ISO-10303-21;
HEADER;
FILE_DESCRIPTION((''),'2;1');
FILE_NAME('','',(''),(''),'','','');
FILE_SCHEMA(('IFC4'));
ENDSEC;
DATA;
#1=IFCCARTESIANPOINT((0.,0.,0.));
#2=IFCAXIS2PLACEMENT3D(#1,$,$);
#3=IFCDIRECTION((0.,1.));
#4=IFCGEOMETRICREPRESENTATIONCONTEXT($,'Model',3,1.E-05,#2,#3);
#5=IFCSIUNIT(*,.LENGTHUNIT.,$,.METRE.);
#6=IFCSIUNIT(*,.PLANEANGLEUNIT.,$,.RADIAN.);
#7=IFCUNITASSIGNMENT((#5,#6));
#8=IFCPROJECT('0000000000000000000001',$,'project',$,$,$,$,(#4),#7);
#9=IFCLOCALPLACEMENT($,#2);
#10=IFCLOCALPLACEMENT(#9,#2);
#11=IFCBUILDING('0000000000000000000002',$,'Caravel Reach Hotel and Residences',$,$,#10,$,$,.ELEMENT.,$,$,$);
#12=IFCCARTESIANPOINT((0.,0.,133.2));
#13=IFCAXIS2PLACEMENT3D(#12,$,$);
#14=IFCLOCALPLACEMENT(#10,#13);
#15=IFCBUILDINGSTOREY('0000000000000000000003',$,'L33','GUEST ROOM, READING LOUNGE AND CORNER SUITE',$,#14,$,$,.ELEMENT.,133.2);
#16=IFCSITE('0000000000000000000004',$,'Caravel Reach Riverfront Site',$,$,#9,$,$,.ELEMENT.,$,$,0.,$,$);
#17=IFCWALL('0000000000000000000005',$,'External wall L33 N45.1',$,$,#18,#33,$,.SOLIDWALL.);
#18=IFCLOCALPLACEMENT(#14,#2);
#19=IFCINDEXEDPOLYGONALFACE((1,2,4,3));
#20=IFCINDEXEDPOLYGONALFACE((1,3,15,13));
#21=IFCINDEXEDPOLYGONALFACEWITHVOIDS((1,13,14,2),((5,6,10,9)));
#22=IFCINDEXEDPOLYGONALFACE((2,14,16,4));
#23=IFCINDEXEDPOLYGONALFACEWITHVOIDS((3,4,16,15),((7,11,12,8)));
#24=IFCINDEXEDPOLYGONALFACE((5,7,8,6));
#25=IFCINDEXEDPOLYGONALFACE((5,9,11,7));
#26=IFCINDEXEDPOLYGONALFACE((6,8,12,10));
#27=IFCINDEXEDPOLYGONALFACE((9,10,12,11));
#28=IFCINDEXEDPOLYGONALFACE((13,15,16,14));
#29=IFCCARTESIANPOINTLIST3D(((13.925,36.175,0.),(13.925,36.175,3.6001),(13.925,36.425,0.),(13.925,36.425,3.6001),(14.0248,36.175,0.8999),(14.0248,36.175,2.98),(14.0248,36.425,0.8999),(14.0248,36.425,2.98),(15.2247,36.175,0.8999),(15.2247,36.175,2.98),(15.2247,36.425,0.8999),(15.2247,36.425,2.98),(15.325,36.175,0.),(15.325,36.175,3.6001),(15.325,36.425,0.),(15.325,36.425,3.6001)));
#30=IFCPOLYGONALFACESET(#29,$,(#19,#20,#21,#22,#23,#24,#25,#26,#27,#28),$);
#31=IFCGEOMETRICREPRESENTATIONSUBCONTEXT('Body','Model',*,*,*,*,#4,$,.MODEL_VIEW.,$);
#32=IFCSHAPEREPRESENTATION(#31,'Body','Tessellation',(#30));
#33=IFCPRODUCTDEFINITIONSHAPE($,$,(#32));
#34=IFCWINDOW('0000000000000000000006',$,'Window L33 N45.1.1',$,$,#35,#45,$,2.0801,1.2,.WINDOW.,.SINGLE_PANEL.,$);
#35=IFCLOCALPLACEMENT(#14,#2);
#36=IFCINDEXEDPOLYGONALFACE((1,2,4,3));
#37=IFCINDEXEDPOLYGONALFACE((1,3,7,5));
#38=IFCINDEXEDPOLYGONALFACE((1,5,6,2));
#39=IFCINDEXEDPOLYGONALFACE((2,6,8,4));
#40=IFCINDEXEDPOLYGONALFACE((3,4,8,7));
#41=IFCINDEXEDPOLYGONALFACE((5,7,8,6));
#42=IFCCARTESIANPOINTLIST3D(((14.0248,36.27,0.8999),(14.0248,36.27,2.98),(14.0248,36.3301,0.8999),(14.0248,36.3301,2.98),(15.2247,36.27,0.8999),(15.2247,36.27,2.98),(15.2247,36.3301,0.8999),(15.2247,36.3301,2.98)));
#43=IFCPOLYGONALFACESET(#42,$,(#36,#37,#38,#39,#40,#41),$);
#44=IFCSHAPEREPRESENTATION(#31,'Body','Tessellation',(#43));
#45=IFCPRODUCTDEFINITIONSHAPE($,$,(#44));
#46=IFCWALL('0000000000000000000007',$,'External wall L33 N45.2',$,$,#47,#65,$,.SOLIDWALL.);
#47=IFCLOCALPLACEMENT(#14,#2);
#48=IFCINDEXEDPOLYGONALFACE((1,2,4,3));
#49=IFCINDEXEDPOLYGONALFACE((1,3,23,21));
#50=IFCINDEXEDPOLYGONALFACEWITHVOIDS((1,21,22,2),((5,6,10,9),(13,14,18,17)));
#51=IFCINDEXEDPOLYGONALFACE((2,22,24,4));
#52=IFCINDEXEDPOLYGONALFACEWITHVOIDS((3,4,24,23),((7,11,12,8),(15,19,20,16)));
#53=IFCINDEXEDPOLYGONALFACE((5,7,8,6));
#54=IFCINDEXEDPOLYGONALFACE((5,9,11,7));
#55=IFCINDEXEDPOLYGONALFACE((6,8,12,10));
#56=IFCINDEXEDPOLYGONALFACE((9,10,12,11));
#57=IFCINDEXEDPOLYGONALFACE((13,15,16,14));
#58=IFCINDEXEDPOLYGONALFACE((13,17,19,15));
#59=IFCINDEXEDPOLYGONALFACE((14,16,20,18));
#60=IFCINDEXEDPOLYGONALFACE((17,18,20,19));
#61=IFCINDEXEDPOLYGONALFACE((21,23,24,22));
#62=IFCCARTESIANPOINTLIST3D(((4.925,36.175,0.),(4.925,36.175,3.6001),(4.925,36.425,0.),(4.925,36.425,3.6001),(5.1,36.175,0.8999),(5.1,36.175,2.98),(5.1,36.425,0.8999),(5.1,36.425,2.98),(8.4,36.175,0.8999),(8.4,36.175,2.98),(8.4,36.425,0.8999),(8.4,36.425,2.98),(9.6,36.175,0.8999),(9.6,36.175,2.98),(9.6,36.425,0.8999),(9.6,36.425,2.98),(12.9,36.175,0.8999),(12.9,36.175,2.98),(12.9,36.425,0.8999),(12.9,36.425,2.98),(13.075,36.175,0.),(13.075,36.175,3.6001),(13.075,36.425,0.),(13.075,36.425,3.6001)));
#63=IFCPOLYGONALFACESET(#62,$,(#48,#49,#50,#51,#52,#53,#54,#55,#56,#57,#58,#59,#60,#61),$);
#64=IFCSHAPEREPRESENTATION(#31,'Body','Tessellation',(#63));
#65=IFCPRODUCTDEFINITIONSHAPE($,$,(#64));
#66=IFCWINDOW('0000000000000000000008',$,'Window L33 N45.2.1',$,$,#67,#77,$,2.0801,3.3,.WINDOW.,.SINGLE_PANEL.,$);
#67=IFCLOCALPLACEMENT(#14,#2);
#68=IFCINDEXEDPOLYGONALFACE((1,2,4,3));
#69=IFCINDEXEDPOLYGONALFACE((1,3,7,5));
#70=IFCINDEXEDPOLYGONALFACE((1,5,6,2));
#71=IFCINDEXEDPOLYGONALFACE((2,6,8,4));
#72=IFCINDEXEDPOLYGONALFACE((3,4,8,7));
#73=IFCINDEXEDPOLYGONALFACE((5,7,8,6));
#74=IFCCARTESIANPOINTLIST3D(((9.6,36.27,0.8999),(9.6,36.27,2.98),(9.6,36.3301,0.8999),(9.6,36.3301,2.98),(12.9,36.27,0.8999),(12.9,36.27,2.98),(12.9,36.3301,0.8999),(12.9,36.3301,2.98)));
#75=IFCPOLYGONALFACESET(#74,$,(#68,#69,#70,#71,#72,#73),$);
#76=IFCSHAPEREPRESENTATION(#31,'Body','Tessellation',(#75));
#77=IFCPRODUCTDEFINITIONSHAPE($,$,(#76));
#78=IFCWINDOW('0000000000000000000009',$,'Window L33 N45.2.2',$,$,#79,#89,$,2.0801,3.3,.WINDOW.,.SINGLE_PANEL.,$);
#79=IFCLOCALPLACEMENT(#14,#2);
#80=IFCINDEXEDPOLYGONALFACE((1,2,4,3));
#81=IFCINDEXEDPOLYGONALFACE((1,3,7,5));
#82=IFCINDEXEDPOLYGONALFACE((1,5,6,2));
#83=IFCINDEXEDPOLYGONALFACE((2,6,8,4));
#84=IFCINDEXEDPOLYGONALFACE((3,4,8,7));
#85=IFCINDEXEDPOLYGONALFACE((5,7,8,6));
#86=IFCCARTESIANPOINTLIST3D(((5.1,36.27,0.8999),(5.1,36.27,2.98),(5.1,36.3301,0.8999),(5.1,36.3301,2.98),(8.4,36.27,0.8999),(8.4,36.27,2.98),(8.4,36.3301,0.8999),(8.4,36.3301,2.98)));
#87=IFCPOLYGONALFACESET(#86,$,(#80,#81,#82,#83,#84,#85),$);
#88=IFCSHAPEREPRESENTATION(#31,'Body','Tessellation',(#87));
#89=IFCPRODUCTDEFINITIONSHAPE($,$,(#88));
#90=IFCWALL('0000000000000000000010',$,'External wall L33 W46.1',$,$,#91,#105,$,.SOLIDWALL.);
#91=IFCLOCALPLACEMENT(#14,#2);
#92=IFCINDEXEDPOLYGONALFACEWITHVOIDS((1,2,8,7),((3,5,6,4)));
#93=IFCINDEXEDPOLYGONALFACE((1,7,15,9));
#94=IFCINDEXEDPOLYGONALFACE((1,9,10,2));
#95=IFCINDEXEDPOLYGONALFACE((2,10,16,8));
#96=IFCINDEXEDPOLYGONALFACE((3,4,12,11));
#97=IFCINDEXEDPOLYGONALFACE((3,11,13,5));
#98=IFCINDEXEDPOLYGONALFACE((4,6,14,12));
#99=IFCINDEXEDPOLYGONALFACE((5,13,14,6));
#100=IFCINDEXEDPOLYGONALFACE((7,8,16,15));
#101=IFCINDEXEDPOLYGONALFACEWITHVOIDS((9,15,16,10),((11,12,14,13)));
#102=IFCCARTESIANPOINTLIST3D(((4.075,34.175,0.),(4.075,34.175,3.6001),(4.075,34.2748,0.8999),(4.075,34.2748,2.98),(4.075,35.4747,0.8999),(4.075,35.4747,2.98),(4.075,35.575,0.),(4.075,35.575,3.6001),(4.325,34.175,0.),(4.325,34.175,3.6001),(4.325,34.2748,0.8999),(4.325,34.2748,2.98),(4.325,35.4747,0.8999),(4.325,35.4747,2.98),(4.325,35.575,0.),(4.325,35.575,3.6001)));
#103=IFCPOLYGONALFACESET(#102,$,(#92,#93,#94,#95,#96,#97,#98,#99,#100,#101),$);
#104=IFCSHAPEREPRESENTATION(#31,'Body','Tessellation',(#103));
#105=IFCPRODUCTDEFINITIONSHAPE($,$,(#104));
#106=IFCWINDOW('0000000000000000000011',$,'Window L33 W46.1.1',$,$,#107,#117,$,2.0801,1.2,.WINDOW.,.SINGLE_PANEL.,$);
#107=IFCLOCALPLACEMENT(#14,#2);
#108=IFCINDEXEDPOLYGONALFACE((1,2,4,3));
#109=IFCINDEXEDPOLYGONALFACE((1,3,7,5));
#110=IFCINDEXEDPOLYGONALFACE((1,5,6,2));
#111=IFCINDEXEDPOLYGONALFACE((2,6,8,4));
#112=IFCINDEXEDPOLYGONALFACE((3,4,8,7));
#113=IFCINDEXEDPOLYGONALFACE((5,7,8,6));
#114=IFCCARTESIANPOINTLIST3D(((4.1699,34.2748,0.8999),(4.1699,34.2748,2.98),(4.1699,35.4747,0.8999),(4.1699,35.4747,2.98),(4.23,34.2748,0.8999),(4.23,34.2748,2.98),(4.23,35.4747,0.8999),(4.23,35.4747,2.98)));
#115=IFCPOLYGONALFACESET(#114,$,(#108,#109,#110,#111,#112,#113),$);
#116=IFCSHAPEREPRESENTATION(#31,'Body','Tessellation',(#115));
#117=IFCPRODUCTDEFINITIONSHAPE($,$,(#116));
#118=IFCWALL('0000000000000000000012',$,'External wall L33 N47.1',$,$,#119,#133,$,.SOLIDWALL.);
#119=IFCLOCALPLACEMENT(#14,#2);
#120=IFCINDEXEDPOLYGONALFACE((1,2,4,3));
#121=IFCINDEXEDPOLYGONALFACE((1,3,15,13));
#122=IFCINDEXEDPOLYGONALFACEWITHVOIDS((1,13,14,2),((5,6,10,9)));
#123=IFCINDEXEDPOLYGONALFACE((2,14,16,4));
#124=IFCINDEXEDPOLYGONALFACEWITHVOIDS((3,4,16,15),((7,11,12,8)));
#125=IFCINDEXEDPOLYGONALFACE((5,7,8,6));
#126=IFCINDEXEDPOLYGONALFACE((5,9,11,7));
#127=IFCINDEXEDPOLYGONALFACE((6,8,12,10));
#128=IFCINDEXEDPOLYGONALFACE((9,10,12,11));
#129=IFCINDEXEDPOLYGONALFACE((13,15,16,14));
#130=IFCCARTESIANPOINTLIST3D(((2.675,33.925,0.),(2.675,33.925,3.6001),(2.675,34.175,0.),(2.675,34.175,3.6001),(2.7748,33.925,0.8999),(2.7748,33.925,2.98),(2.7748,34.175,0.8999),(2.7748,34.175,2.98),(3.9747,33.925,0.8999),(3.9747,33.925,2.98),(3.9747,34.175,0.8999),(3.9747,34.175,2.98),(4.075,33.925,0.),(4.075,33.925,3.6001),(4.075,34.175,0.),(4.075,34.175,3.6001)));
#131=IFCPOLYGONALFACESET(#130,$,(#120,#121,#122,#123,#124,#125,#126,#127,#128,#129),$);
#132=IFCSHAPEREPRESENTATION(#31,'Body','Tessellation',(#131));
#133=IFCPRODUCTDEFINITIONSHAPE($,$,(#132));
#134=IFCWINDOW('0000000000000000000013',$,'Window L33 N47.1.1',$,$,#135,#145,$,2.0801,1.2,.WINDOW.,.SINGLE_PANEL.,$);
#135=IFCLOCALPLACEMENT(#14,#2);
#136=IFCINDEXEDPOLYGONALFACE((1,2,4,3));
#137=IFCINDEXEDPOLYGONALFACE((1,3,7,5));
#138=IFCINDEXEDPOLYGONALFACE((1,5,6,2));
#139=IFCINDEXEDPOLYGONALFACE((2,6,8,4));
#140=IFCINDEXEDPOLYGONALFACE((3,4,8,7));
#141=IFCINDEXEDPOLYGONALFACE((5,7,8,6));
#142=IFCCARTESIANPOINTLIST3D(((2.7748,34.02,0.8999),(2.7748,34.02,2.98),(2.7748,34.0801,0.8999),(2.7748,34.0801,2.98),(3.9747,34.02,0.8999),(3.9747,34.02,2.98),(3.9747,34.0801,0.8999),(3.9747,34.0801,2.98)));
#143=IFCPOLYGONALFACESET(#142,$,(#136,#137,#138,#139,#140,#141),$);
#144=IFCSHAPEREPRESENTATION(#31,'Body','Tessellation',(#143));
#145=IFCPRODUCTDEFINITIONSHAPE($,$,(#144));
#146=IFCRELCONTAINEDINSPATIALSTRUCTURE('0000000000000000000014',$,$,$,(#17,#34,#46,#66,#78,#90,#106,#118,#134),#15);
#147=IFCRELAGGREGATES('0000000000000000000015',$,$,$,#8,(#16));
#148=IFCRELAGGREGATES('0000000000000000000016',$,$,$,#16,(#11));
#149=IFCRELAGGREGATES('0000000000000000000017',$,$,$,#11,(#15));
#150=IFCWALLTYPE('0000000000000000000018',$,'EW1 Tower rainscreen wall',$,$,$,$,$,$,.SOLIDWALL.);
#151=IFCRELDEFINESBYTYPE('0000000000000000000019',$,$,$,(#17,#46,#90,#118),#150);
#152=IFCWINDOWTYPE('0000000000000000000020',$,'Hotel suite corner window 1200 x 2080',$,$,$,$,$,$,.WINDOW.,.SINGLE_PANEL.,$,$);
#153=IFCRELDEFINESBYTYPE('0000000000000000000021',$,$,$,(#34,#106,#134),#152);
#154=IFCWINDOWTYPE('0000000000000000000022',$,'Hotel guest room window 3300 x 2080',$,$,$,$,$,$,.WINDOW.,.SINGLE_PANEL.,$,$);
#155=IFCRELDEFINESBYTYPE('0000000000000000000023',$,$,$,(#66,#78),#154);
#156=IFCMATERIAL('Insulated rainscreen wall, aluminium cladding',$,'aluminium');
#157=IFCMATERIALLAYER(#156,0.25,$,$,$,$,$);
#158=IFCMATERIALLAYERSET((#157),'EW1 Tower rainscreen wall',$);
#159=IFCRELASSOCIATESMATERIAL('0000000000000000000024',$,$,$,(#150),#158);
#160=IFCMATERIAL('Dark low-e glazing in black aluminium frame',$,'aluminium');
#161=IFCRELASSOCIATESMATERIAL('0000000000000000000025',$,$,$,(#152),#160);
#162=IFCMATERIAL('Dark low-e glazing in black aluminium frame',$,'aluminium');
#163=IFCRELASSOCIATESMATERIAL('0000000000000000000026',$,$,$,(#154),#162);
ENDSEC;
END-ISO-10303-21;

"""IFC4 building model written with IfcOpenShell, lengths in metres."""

from ifc_helpers import new_model, si_unit, direction, frame, frame_2d, origin, place, context, subcontext, project, spatial, rectangle, extrude, material, layer, layer_set, type_object, element, fill, save


model = new_model("IFC4")

# Units and contexts
model_context = context("Model", 3, precision=1e-05, world=origin(), true_north=direction((0.0, 1.0)))
body_context = subcontext(model_context, "Body", "Model", "MODEL_VIEW")
ifc_project = project(units=[si_unit("LENGTHUNIT", "METRE"), si_unit("PLANEANGLEUNIT", "RADIAN")], contexts=[model_context])

# Site, building, storey
site_placement = place(None, origin())
site = spatial("IfcSite", under=ifc_project, at=site_placement, Name="Caravel Reach Riverfront Site", CompositionType="ELEMENT", RefElevation=0.0)
building_placement = place(site_placement, origin())
building = spatial("IfcBuilding", under=site, at=building_placement, Name="Caravel Reach Hotel and Residences", CompositionType="ELEMENT")
storey_placement = place(building_placement, frame((0.0, 0.0, 133.2)))
storey = spatial("IfcBuildingStorey", under=building, at=storey_placement, Name="L33", Description="GUEST ROOM, READING LOUNGE AND CORNER SUITE", CompositionType="ELEMENT", Elevation=133.2)

# Wall, opening, window
ifc_material_1 = material(Name="Insulated rainscreen wall, aluminium cladding", Category="aluminium")
ifc_layer_1 = layer(ifc_material_1, 0.25)
ifc_layer_set_1 = layer_set([ifc_layer_1], Name="EW1 Tower rainscreen wall")
wall_type_1 = type_object("IfcWallType", Name="EW1 Tower rainscreen wall", PredefinedType="SOLIDWALL", material=ifc_layer_set_1)
ifc_material_2 = material(Name="Dark low-e glazing in black aluminium frame", Category="aluminium")
window_type_1 = type_object("IfcWindowType", Name="Hotel suite corner window 1200 x 2080", PartitioningType="SINGLE_PANEL", PredefinedType="WINDOW", material=ifc_material_2)
wall_1_placement = place(storey_placement, frame((15.325, 36.3, 0.0), z_axis=(0.0, 0.0, 1.0), x_axis=(-1.0, 0.0, 0.0)))
wall_1 = element("IfcWall", 1, at=wall_1_placement, inside=storey, type_object=wall_type_1, Name="External wall L33 N45.1", PredefinedType="SOLIDWALL", context=body_context, shape_type="SweptSolid", body=[
    extrude(rectangle(XDim=1.3999, YDim=0.25, at=frame_2d((0.7, 0.0))), origin(), (0.0, 0.0, 1.0), 3.6001),
])
opening_1_placement = place(wall_1_placement, frame((0.1001, 0.0, 0.8999)))
opening_1 = element("IfcOpeningElement", 2, at=opening_1_placement, cuts=wall_1, PredefinedType="OPENING", context=body_context, shape_type="SweptSolid", body=[
    extrude(rectangle(XDim=1.2, YDim=2.0801, at=frame_2d((0.6001, 1.04))), frame((0.0, 0.135, 0.0), z_axis=(0.0, -1.0, 0.0), x_axis=(1.0, 0.0, 0.0)), (0.0, 0.0, 1.0), 0.27),
])
window_1_placement = place(opening_1_placement, origin())
window_1 = element("IfcWindow", 3, at=window_1_placement, inside=storey, type_object=window_type_1, Name="Window L33 N45.1.1", OverallHeight=2.0801, OverallWidth=1.2, PartitioningType="SINGLE_PANEL", PredefinedType="WINDOW", context=body_context, shape_type="SweptSolid", body=[
    extrude(rectangle(XDim=1.2, YDim=2.0801, at=frame_2d((0.6001, 1.04))), frame((0.0, 0.03, 0.0), z_axis=(0.0, -1.0, 0.0), x_axis=(1.0, 0.0, 0.0)), (0.0, 0.0, 1.0), 0.0601),
])
fill(opening_1, window_1)

# Wall, openings, windows
wall_2_placement = place(storey_placement, frame((13.075, 36.3, 0.0), z_axis=(0.0, 0.0, 1.0), x_axis=(-1.0, 0.0, 0.0)))
wall_2 = element("IfcWall", 4, at=wall_2_placement, inside=storey, type_object=wall_type_1, Name="External wall L33 N45.2", PredefinedType="SOLIDWALL", context=body_context, shape_type="SweptSolid", body=[
    extrude(rectangle(XDim=8.1499, YDim=0.25, at=frame_2d((4.075, 0.0))), origin(), (0.0, 0.0, 1.0), 3.6001),
])
opening_2_placement = place(wall_2_placement, frame((0.175, 0.0, 0.8999)))
opening_2 = element("IfcOpeningElement", 5, at=opening_2_placement, cuts=wall_2, PredefinedType="OPENING", context=body_context, shape_type="SweptSolid", body=[
    extrude(rectangle(XDim=3.3, YDim=2.0801, at=frame_2d((1.6499, 1.04))), frame((0.0, 0.135, 0.0), z_axis=(0.0, -1.0, 0.0), x_axis=(1.0, 0.0, 0.0)), (0.0, 0.0, 1.0), 0.27),
])
opening_3_placement = place(wall_2_placement, frame((4.675, 0.0, 0.8999)))
opening_3 = element("IfcOpeningElement", 6, at=opening_3_placement, cuts=wall_2, PredefinedType="OPENING", context=body_context, shape_type="SweptSolid", body=[
    extrude(rectangle(XDim=3.3, YDim=2.0801, at=frame_2d((1.6499, 1.04))), frame((0.0, 0.135, 0.0), z_axis=(0.0, -1.0, 0.0), x_axis=(1.0, 0.0, 0.0)), (0.0, 0.0, 1.0), 0.27),
])
ifc_material_3 = material(Name="Dark low-e glazing in black aluminium frame", Category="aluminium")
window_type_2 = type_object("IfcWindowType", Name="Hotel guest room window 3300 x 2080", PartitioningType="SINGLE_PANEL", PredefinedType="WINDOW", material=ifc_material_3)
window_2_placement = place(opening_2_placement, origin())
window_2 = element("IfcWindow", 7, at=window_2_placement, inside=storey, type_object=window_type_2, Name="Window L33 N45.2.1", OverallHeight=2.0801, OverallWidth=3.3, PartitioningType="SINGLE_PANEL", PredefinedType="WINDOW", context=body_context, shape_type="SweptSolid", body=[
    extrude(rectangle(XDim=3.3, YDim=2.0801, at=frame_2d((1.6499, 1.04))), frame((0.0, 0.03, 0.0), z_axis=(0.0, -1.0, 0.0), x_axis=(1.0, 0.0, 0.0)), (0.0, 0.0, 1.0), 0.0601),
])
fill(opening_2, window_2)
window_3_placement = place(opening_3_placement, origin())
window_3 = element("IfcWindow", 8, at=window_3_placement, inside=storey, type_object=window_type_2, Name="Window L33 N45.2.2", OverallHeight=2.0801, OverallWidth=3.3, PartitioningType="SINGLE_PANEL", PredefinedType="WINDOW", context=body_context, shape_type="SweptSolid", body=[
    extrude(rectangle(XDim=3.3, YDim=2.0801, at=frame_2d((1.6499, 1.04))), frame((0.0, 0.03, 0.0), z_axis=(0.0, -1.0, 0.0), x_axis=(1.0, 0.0, 0.0)), (0.0, 0.0, 1.0), 0.0601),
])
fill(opening_3, window_3)

# Walls, openings, windows
wall_3_placement = place(storey_placement, frame((4.2, 35.575, 0.0), z_axis=(0.0, 0.0, 1.0), x_axis=(0.0, -1.0, 0.0)))
wall_3 = element("IfcWall", 9, at=wall_3_placement, inside=storey, type_object=wall_type_1, Name="External wall L33 W46.1", PredefinedType="SOLIDWALL", context=body_context, shape_type="SweptSolid", body=[
    extrude(rectangle(XDim=1.3999, YDim=0.25, at=frame_2d((0.7, 0.0))), origin(), (0.0, 0.0, 1.0), 3.6001),
])
opening_4_placement = place(wall_3_placement, frame((0.1001, 0.0, 0.8999)))
opening_4 = element("IfcOpeningElement", 10, at=opening_4_placement, cuts=wall_3, PredefinedType="OPENING", context=body_context, shape_type="SweptSolid", body=[
    extrude(rectangle(XDim=1.2, YDim=2.0801, at=frame_2d((0.6001, 1.04))), frame((0.0, 0.135, 0.0), z_axis=(0.0, -1.0, 0.0), x_axis=(1.0, 0.0, 0.0)), (0.0, 0.0, 1.0), 0.27),
])
window_4_placement = place(opening_4_placement, origin())
window_4 = element("IfcWindow", 11, at=window_4_placement, inside=storey, type_object=window_type_1, Name="Window L33 W46.1.1", OverallHeight=2.0801, OverallWidth=1.2, PartitioningType="SINGLE_PANEL", PredefinedType="WINDOW", context=body_context, shape_type="SweptSolid", body=[
    extrude(rectangle(XDim=1.2, YDim=2.0801, at=frame_2d((0.6001, 1.04))), frame((0.0, 0.03, 0.0), z_axis=(0.0, -1.0, 0.0), x_axis=(1.0, 0.0, 0.0)), (0.0, 0.0, 1.0), 0.0601),
])
fill(opening_4, window_4)
wall_4_placement = place(storey_placement, frame((4.075, 34.05, 0.0), z_axis=(0.0, 0.0, 1.0), x_axis=(-1.0, 0.0, 0.0)))
wall_4 = element("IfcWall", 12, at=wall_4_placement, inside=storey, type_object=wall_type_1, Name="External wall L33 N47.1", PredefinedType="SOLIDWALL", context=body_context, shape_type="SweptSolid", body=[
    extrude(rectangle(XDim=1.3999, YDim=0.25, at=frame_2d((0.7, 0.0))), origin(), (0.0, 0.0, 1.0), 3.6001),
])
opening_5_placement = place(wall_4_placement, frame((0.1001, 0.0, 0.8999)))
opening_5 = element("IfcOpeningElement", 13, at=opening_5_placement, cuts=wall_4, PredefinedType="OPENING", context=body_context, shape_type="SweptSolid", body=[
    extrude(rectangle(XDim=1.2, YDim=2.0801, at=frame_2d((0.6001, 1.04))), frame((0.0, 0.135, 0.0), z_axis=(0.0, -1.0, 0.0), x_axis=(1.0, 0.0, 0.0)), (0.0, 0.0, 1.0), 0.27),
])
window_5_placement = place(opening_5_placement, origin())
window_5 = element("IfcWindow", 14, at=window_5_placement, inside=storey, type_object=window_type_1, Name="Window L33 N47.1.1", OverallHeight=2.0801, OverallWidth=1.2, PartitioningType="SINGLE_PANEL", PredefinedType="WINDOW", context=body_context, shape_type="SweptSolid", body=[
    extrude(rectangle(XDim=1.2, YDim=2.0801, at=frame_2d((0.6001, 1.04))), frame((0.0, 0.03, 0.0), z_axis=(0.0, -1.0, 0.0), x_axis=(1.0, 0.0, 0.0)), (0.0, 0.0, 1.0), 0.0601),
])
fill(opening_5, window_5)

save(model, "model.ifc")
